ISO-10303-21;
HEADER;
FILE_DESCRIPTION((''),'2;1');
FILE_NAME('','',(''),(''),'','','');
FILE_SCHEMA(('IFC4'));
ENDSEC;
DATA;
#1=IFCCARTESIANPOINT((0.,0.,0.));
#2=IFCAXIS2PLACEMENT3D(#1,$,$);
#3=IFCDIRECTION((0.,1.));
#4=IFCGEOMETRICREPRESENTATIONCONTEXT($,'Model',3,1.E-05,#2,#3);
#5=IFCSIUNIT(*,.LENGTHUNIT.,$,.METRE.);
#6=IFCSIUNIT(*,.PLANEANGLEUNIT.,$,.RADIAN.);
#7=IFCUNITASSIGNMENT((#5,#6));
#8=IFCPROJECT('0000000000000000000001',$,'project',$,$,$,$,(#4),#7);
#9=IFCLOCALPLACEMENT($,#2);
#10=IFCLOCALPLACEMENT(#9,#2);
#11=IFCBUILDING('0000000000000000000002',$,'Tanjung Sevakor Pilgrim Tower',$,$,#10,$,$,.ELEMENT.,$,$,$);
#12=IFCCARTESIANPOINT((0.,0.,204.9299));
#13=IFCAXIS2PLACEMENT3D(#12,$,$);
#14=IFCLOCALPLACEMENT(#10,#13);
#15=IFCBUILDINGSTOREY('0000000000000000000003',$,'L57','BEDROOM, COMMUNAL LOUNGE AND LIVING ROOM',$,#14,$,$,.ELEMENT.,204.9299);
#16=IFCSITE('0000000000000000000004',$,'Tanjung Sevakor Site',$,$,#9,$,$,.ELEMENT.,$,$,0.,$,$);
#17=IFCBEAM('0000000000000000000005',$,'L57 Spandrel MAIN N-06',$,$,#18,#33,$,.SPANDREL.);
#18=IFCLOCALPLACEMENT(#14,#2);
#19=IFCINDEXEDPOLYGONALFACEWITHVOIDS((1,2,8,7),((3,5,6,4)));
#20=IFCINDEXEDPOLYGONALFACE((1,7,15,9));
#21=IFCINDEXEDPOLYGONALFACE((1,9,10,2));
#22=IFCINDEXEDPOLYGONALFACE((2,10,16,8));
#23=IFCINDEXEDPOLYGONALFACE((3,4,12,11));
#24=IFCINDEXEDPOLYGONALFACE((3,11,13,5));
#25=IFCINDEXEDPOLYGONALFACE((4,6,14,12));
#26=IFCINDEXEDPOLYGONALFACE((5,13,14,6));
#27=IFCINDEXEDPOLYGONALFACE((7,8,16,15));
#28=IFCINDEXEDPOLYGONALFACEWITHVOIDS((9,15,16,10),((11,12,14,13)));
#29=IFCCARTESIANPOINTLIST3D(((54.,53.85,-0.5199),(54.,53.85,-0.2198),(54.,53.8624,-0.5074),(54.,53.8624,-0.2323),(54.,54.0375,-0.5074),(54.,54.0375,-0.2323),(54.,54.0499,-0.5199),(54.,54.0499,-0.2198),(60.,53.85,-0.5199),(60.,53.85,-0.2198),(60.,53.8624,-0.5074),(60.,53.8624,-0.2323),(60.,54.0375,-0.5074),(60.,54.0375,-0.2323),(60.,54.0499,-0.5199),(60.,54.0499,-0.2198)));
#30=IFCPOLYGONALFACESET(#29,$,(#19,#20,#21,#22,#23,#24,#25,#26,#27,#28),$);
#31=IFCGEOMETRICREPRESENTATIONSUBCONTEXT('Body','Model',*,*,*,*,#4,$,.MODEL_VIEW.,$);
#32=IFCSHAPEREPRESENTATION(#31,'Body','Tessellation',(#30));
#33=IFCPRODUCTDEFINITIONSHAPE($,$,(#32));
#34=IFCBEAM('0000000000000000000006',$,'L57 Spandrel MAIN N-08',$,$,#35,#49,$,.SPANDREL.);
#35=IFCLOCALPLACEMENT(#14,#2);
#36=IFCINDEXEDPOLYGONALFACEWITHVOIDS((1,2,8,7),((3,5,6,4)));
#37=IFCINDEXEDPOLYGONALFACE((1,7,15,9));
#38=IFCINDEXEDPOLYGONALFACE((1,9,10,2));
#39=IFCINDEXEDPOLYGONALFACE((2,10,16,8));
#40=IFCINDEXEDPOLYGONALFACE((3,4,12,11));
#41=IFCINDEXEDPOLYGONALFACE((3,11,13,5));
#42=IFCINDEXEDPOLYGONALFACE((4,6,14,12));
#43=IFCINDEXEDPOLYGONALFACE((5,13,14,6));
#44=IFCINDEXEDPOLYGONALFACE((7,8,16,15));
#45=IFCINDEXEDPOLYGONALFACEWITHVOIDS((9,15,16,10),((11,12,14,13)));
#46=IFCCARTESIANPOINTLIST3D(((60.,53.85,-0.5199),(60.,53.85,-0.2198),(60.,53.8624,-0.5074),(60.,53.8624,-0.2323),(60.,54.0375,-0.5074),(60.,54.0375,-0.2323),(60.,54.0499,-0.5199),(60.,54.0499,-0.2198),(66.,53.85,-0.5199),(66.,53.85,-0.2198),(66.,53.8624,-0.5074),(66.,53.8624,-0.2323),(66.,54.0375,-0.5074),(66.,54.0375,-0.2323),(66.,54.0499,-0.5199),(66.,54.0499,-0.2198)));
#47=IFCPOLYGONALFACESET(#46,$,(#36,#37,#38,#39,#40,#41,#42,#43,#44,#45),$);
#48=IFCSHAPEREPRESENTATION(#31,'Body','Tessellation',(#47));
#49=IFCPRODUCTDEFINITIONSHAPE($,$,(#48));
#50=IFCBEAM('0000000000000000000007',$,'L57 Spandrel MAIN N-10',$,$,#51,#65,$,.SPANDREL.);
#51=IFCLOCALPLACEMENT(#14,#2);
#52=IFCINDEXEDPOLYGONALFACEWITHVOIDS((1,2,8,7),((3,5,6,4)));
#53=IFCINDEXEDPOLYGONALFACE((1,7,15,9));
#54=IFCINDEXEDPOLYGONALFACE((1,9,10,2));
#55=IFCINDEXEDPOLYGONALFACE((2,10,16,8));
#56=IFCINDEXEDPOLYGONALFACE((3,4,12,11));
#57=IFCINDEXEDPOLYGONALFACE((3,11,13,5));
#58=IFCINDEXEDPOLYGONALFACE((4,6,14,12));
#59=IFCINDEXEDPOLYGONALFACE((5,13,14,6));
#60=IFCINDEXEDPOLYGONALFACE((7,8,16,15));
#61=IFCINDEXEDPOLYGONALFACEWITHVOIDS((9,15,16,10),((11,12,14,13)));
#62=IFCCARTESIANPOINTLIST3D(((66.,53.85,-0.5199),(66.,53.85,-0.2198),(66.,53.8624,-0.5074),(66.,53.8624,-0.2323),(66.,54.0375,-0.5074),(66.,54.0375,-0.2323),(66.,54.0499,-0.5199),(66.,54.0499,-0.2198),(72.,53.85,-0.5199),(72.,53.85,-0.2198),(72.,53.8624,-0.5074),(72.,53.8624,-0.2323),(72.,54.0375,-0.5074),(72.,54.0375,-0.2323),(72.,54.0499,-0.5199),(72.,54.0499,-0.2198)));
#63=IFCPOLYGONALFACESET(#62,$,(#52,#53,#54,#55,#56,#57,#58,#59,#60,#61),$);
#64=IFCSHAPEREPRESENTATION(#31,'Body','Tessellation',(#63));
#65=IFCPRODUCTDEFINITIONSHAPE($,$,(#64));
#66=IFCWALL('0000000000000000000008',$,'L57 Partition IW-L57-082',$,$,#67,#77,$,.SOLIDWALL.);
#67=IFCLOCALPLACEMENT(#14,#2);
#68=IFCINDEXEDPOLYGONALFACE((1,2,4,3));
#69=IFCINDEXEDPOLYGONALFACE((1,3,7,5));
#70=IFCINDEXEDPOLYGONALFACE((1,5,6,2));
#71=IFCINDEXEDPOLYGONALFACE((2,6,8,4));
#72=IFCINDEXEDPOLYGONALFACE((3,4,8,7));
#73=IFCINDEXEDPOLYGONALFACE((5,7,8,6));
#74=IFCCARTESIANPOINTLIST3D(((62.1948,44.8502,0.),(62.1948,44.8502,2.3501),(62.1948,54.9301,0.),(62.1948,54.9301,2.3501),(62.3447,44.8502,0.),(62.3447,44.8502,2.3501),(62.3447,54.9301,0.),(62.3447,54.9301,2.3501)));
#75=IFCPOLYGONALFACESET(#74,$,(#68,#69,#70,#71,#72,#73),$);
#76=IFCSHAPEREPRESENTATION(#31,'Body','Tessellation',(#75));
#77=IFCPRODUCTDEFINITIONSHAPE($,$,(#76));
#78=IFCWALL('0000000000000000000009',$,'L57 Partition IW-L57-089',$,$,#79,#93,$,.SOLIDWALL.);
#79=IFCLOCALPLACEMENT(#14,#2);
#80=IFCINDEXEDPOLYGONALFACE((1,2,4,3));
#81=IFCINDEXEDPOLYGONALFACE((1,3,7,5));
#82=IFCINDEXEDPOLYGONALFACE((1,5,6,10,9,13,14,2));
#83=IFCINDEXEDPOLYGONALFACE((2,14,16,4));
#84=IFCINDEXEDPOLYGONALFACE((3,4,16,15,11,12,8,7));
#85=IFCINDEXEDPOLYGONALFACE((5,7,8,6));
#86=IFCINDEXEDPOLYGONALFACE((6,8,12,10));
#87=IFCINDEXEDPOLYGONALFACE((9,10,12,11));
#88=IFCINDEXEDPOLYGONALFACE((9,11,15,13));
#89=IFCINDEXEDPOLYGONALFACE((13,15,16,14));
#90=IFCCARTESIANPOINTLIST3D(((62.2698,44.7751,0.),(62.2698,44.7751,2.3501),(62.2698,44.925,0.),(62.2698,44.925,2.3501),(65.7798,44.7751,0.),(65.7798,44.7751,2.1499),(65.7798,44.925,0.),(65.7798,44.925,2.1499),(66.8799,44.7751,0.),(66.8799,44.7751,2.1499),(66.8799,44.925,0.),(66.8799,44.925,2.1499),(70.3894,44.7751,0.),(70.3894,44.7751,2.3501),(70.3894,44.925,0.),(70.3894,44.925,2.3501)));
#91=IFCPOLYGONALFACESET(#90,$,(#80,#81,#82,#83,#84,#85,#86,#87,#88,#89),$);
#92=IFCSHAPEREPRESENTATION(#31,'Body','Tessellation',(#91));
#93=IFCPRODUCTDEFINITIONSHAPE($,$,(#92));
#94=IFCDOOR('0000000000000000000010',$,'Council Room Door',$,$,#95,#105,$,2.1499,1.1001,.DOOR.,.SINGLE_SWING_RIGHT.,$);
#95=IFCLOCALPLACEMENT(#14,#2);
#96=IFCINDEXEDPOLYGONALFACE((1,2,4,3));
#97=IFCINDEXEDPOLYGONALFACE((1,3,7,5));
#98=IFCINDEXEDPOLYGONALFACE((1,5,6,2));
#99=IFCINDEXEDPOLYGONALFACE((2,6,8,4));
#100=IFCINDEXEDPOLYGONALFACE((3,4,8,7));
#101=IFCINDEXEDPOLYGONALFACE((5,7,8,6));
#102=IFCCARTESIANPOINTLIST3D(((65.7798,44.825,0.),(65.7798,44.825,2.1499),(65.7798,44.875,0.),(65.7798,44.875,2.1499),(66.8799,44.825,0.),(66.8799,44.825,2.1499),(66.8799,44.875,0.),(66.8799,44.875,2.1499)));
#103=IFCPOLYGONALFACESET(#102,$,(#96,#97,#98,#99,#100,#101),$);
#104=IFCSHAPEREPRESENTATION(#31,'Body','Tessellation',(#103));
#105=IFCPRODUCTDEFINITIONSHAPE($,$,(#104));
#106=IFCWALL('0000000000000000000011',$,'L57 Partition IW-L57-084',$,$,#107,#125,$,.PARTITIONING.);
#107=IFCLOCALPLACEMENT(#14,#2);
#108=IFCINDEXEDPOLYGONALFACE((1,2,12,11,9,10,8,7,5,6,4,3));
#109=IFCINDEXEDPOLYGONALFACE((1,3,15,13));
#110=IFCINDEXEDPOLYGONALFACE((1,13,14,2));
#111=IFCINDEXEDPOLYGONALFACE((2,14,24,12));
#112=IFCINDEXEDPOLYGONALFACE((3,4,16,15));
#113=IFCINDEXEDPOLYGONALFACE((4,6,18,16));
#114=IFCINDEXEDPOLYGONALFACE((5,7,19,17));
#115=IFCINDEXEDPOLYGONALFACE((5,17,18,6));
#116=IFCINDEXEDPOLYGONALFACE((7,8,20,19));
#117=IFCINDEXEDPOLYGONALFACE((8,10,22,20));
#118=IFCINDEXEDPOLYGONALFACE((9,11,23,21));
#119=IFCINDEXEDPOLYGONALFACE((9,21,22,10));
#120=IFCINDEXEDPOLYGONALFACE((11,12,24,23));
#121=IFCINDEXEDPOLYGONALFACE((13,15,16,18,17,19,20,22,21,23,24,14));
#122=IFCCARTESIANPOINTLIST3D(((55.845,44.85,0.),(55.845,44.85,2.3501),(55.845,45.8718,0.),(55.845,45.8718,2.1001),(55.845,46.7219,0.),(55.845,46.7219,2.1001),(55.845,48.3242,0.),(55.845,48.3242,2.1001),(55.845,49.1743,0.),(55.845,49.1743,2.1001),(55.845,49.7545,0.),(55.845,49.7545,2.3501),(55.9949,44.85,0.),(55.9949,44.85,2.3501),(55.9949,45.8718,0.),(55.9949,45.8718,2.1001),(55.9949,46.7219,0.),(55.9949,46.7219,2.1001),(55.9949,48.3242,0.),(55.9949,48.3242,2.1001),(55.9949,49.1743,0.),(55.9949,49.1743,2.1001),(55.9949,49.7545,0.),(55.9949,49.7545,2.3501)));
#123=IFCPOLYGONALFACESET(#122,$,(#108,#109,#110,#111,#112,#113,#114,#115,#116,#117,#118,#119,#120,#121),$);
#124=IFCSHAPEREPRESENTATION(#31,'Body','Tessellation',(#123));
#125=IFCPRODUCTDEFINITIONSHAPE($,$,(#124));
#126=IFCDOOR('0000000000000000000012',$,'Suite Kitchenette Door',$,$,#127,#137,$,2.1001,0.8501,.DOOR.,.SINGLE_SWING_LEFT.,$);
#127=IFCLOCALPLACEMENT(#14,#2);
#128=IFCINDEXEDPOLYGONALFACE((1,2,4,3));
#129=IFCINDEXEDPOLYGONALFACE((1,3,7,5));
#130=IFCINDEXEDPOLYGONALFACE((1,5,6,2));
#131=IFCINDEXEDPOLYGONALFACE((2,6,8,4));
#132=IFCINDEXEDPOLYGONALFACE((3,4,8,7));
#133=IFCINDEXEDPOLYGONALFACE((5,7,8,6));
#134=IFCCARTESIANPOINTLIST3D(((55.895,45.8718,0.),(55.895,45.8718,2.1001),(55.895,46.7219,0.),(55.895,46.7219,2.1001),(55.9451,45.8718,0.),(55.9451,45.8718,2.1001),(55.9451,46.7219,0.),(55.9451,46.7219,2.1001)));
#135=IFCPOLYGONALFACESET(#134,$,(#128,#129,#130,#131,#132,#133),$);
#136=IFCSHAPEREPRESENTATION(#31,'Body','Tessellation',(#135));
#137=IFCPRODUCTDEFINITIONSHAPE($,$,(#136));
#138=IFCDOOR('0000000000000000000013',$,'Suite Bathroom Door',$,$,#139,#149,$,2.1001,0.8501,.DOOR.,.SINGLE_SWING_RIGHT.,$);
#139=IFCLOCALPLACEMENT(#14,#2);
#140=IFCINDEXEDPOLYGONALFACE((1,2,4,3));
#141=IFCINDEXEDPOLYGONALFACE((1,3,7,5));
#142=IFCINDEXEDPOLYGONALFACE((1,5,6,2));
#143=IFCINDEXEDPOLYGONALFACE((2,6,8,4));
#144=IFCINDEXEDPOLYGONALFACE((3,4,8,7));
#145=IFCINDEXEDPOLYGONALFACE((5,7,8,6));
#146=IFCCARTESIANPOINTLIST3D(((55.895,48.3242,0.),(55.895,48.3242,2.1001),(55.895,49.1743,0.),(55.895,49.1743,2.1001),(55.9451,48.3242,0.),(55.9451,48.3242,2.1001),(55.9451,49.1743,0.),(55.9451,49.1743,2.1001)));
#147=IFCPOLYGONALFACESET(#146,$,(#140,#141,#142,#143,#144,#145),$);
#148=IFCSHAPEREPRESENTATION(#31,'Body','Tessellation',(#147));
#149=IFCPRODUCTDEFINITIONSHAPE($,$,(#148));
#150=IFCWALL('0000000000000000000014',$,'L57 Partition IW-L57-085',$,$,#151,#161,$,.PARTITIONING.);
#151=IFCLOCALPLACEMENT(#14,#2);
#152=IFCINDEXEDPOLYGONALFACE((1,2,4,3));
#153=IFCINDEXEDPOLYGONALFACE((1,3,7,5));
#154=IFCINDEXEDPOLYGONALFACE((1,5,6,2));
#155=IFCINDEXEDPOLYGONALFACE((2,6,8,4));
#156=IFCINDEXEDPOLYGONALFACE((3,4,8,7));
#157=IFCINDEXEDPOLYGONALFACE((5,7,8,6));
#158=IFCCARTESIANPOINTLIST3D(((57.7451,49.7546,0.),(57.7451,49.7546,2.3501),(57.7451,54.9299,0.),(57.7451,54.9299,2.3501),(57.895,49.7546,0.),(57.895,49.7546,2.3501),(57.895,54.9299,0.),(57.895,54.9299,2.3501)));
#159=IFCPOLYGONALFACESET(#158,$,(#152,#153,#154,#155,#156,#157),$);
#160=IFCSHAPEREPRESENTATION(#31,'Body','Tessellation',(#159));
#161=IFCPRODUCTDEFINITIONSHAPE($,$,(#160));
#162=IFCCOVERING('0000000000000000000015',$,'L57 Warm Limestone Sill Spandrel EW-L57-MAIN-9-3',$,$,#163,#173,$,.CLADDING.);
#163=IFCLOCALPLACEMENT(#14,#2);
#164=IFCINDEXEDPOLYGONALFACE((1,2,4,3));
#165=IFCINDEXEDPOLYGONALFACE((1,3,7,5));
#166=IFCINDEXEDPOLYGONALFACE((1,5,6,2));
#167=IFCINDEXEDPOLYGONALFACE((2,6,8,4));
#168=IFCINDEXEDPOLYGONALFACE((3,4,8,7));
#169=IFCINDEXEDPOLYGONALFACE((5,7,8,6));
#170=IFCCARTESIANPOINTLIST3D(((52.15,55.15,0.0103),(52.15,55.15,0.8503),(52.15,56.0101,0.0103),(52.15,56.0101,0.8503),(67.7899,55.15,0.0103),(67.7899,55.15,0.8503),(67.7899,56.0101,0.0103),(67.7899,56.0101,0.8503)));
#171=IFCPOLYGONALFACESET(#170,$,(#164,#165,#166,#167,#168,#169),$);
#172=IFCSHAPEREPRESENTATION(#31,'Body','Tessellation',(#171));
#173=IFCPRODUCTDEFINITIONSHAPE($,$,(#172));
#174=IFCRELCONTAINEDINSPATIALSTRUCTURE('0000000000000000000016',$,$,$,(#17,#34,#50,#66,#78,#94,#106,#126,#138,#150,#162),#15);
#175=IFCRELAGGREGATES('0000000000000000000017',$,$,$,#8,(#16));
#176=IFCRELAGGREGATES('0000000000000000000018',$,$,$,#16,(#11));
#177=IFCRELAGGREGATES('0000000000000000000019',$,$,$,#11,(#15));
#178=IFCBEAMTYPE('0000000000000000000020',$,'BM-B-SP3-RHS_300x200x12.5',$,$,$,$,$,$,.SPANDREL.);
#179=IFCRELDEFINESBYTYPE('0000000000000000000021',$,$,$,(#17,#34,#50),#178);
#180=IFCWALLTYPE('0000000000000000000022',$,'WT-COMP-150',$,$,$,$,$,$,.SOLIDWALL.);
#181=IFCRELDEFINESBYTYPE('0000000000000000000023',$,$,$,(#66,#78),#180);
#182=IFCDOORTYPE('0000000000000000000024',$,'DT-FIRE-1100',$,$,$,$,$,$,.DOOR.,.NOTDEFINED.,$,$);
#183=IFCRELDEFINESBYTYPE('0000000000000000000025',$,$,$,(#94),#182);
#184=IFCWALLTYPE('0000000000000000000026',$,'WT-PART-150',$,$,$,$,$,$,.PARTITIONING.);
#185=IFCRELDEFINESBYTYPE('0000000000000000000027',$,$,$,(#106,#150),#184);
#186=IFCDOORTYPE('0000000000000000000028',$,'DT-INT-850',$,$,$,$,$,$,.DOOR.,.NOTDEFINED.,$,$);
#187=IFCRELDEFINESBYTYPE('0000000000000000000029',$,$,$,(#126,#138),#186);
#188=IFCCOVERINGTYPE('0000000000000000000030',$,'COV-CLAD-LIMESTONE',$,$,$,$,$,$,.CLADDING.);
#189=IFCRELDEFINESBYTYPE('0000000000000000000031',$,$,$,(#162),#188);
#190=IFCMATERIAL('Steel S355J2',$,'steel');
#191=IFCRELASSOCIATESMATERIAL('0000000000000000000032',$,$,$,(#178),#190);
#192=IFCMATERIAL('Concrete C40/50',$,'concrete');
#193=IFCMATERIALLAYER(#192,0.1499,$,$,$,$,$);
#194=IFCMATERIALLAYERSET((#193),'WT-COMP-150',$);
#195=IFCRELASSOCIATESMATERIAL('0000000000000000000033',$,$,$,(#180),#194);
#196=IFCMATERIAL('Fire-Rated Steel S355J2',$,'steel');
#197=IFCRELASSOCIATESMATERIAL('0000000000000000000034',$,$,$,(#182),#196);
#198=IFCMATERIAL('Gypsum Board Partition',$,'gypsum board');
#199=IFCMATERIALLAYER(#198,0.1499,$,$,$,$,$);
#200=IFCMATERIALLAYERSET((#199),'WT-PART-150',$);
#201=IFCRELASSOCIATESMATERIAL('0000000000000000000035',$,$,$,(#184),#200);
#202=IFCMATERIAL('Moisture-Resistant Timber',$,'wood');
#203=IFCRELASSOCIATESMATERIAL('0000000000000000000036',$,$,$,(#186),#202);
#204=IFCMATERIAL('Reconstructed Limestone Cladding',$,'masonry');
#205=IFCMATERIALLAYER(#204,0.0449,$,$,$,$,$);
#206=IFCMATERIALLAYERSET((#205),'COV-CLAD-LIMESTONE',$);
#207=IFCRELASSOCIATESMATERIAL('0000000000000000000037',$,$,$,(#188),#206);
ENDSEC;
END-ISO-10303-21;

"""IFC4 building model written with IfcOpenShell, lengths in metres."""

from ifc_helpers import new_model, si_unit, direction, frame, frame_2d, origin, origin_2d, place, context, subcontext, project, spatial, rectangle, hollow_rectangle, extrude, material, layer, layer_set, material_profile, profile_set, type_object, element, fill, save


model = new_model("IFC4")

# Units and contexts
model_context = context("Model", 3, precision=1e-05, world=origin(), true_north=direction((0.0, 1.0)))
body_context = subcontext(model_context, "Body", "Model", "MODEL_VIEW")
ifc_project = project(units=[si_unit("LENGTHUNIT", "METRE"), si_unit("PLANEANGLEUNIT", "RADIAN")], contexts=[model_context])

# Site, building, storey
site_placement = place(None, origin())
site = spatial("IfcSite", under=ifc_project, at=site_placement, Name="Tanjung Sevakor Site", CompositionType="ELEMENT", RefElevation=0.0)
building_placement = place(site_placement, origin())
building = spatial("IfcBuilding", under=site, at=building_placement, Name="Tanjung Sevakor Pilgrim Tower", CompositionType="ELEMENT")
storey_placement = place(building_placement, frame((0.0, 0.0, 204.9299)))
storey = spatial("IfcBuildingStorey", under=building, at=storey_placement, Name="L57", Description="BEDROOM, COMMUNAL LOUNGE AND LIVING ROOM", CompositionType="ELEMENT", Elevation=204.9299)

# Beams
ifc_material_1 = material(Name="Steel S355J2", Category="steel")
ifc_material_profile_1 = material_profile(ifc_material_1, hollow_rectangle(XDim=0.2, YDim=0.3, WallThickness=0.0125, at=origin_2d()))
ifc_profile_set_1 = profile_set([ifc_material_profile_1], Name="Steel S355J2")
beam_type_1 = type_object("IfcBeamType", Name="BM-B-SP3-RHS_300x200x12.5", PredefinedType="SPANDREL", material=ifc_profile_set_1)
for number, where, z_axis, x_axis, name in (
    (1, (54.0, 53.95, -0.3699), (1.0, 0.0, 0.0), (0.0, 1.0, 0.0), "L57 Spandrel MAIN N-06"),
    (2, (60.0, 53.95, -0.3699), (1.0, 0.0, 0.0), (0.0, 1.0, 0.0), "L57 Spandrel MAIN N-08"),
    (3, (66.0, 53.95, -0.3699), (1.0, 0.0, 0.0), (0.0, 1.0, 0.0), "L57 Spandrel MAIN N-10"),
):
    element("IfcBeam", number, at=place(storey_placement, frame(where, z_axis=z_axis, x_axis=x_axis)), inside=storey, type_object=beam_type_1, Name=name, PredefinedType="SPANDREL", context=body_context, shape_type="SweptSolid", body=[
        extrude(hollow_rectangle(XDim=0.2, YDim=0.3, WallThickness=0.0125, at=origin_2d()), origin(), (0.0, 0.0, 1.0), 6.0),
    ])

# Wall
ifc_material_2 = material(Name="Concrete C40/50", Category="concrete")
ifc_layer_1 = layer(ifc_material_2, 0.1499)
ifc_layer_set_1 = layer_set([ifc_layer_1], Name="WT-COMP-150")
wall_type_1 = type_object("IfcWallType", Name="WT-COMP-150", PredefinedType="SOLIDWALL", material=ifc_layer_set_1)
wall_1_placement = place(storey_placement, frame((62.2698, 44.8501, 0.0), z_axis=(0.0, 0.0, 1.0), x_axis=(0.0, 1.0, 0.0)))
element("IfcWall", 4, at=wall_1_placement, inside=storey, type_object=wall_type_1, Name="L57 Partition IW-L57-082", PredefinedType="SOLIDWALL", context=body_context, shape_type="SweptSolid", body=[
    extrude(rectangle(XDim=10.0798, YDim=0.1499, at=frame_2d((5.04, 0.0))), origin(), (0.0, 0.0, 1.0), 2.3501),
])

# Wall, opening, door
wall_2_placement = place(storey_placement, frame((62.2698, 44.8501, 0.0), z_axis=(0.0, 0.0, 1.0), x_axis=(1.0, 0.0, 0.0)))
wall_2 = element("IfcWall", 5, at=wall_2_placement, inside=storey, type_object=wall_type_1, Name="L57 Partition IW-L57-089", PredefinedType="SOLIDWALL", context=body_context, shape_type="SweptSolid", body=[
    extrude(rectangle(XDim=8.1196, YDim=0.1499, at=frame_2d((4.0598, 0.0))), origin(), (0.0, 0.0, 1.0), 2.3501),
])
opening_1_placement = place(wall_2_placement, frame((3.51, 0.0, 0.0)))
opening_1 = element("IfcOpeningElement", 6, at=opening_1_placement, cuts=wall_2, PredefinedType="OPENING", context=body_context, shape_type="SweptSolid", body=[
    extrude(rectangle(XDim=1.1001, YDim=2.1499, at=frame_2d((0.55, 1.075))), frame((0.0, 0.085, 0.0), z_axis=(0.0, -1.0, 0.0), x_axis=(1.0, 0.0, 0.0)), (0.0, 0.0, 1.0), 0.1699),
])
ifc_material_3 = material(Name="Fire-Rated Steel S355J2", Category="steel")
door_type_1 = type_object("IfcDoorType", Name="DT-FIRE-1100", OperationType="NOTDEFINED", PredefinedType="DOOR", material=ifc_material_3)
door_1_placement = place(opening_1_placement, origin())
door_1 = element("IfcDoor", 7, at=door_1_placement, inside=storey, type_object=door_type_1, Name="Council Room Door", OperationType="SINGLE_SWING_RIGHT", OverallHeight=2.1499, OverallWidth=1.1001, PredefinedType="DOOR", context=body_context, shape_type="SweptSolid", body=[
    extrude(rectangle(XDim=1.1001, YDim=2.1499, at=frame_2d((0.55, 1.075))), frame((0.0, 0.0249, 0.0), z_axis=(0.0, -1.0, 0.0), x_axis=(1.0, 0.0, 0.0)), (0.0, 0.0, 1.0), 0.05),
])
fill(opening_1, door_1)

# Wall, openings, doors
ifc_material_4 = material(Name="Gypsum Board Partition", Category="gypsum board")
ifc_layer_2 = layer(ifc_material_4, 0.1499)
ifc_layer_set_2 = layer_set([ifc_layer_2], Name="WT-PART-150")
wall_type_2 = type_object("IfcWallType", Name="WT-PART-150", PredefinedType="PARTITIONING", material=ifc_layer_set_2)
wall_3_placement = place(storey_placement, frame((55.9199, 44.8501, 0.0), z_axis=(0.0, 0.0, 1.0), x_axis=(0.0, 1.0, 0.0)))
wall_3 = element("IfcWall", 8, at=wall_3_placement, inside=storey, type_object=wall_type_2, Name="L57 Partition IW-L57-084", PredefinedType="PARTITIONING", context=body_context, shape_type="SweptSolid", body=[
    extrude(rectangle(XDim=4.9045, YDim=0.1499, at=frame_2d((2.4521, 0.0))), origin(), (0.0, 0.0, 1.0), 2.3501),
])
opening_2_placement = place(wall_3_placement, frame((1.0217, 0.0, 0.0)))
opening_2 = element("IfcOpeningElement", 9, at=opening_2_placement, cuts=wall_3, PredefinedType="OPENING", context=body_context, shape_type="SweptSolid", body=[
    extrude(rectangle(XDim=0.8501, YDim=2.1001, at=frame_2d((0.425, 1.05))), frame((0.0, 0.085, 0.0), z_axis=(0.0, -1.0, 0.0), x_axis=(1.0, 0.0, 0.0)), (0.0, 0.0, 1.0), 0.1699),
])
opening_3_placement = place(wall_3_placement, frame((3.4741, 0.0, 0.0)))
opening_3 = element("IfcOpeningElement", 10, at=opening_3_placement, cuts=wall_3, PredefinedType="OPENING", context=body_context, shape_type="SweptSolid", body=[
    extrude(rectangle(XDim=0.8501, YDim=2.1001, at=frame_2d((0.425, 1.05))), frame((0.0, 0.085, 0.0), z_axis=(0.0, -1.0, 0.0), x_axis=(1.0, 0.0, 0.0)), (0.0, 0.0, 1.0), 0.1699),
])
ifc_material_5 = material(Name="Moisture-Resistant Timber", Category="wood")
door_type_2 = type_object("IfcDoorType", Name="DT-INT-850", OperationType="NOTDEFINED", PredefinedType="DOOR", material=ifc_material_5)
door_2_placement = place(opening_2_placement, origin())
door_2 = element("IfcDoor", 11, at=door_2_placement, inside=storey, type_object=door_type_2, Name="Suite Kitchenette Door", OperationType="SINGLE_SWING_LEFT", OverallHeight=2.1001, OverallWidth=0.8501, PredefinedType="DOOR", context=body_context, shape_type="SweptSolid", body=[
    extrude(rectangle(XDim=0.8501, YDim=2.1001, at=frame_2d((0.425, 1.05))), frame((0.0, 0.0249, 0.0), z_axis=(0.0, -1.0, 0.0), x_axis=(1.0, 0.0, 0.0)), (0.0, 0.0, 1.0), 0.05),
])
fill(opening_2, door_2)
door_3_placement = place(opening_3_placement, origin())
door_3 = element("IfcDoor", 12, at=door_3_placement, inside=storey, type_object=door_type_2, Name="Suite Bathroom Door", OperationType="SINGLE_SWING_RIGHT", OverallHeight=2.1001, OverallWidth=0.8501, PredefinedType="DOOR", context=body_context, shape_type="SweptSolid", body=[
    extrude(rectangle(XDim=0.8501, YDim=2.1001, at=frame_2d((0.425, 1.05))), frame((0.0, 0.0249, 0.0), z_axis=(0.0, -1.0, 0.0), x_axis=(1.0, 0.0, 0.0)), (0.0, 0.0, 1.0), 0.05),
])
fill(opening_3, door_3)

# Wall
wall_4_placement = place(storey_placement, frame((57.8201, 49.7546, 0.0), z_axis=(0.0, 0.0, 1.0), x_axis=(0.0, 1.0, 0.0)))
element("IfcWall", 13, at=wall_4_placement, inside=storey, type_object=wall_type_2, Name="L57 Partition IW-L57-085", PredefinedType="PARTITIONING", context=body_context, shape_type="SweptSolid", body=[
    extrude(rectangle(XDim=5.1753, YDim=0.1499, at=frame_2d((2.5876, 0.0))), origin(), (0.0, 0.0, 1.0), 2.3501),
])

# Covering
ifc_material_6 = material(Name="Reconstructed Limestone Cladding", Category="masonry")
ifc_layer_3 = layer(ifc_material_6, 0.0449)
ifc_layer_set_3 = layer_set([ifc_layer_3], Name="COV-CLAD-LIMESTONE")
covering_type = type_object("IfcCoveringType", Name="COV-CLAD-LIMESTONE", PredefinedType="CLADDING", material=ifc_layer_set_3)
covering_placement = place(storey_placement, frame((59.97, 55.5801, 0.0103), z_axis=(0.0, 0.0, 1.0), x_axis=(-1.0, 0.0, 0.0)))
element("IfcCovering", 14, at=covering_placement, inside=storey, type_object=covering_type, Name="L57 Warm Limestone Sill Spandrel EW-L57-MAIN-9-3", PredefinedType="CLADDING", context=body_context, shape_type="SweptSolid", body=[
    extrude(rectangle(XDim=15.6399, YDim=0.8601, at=origin_2d()), origin(), (0.0, 0.0, 1.0), 0.8401),
])

save(model, "model.ifc")
